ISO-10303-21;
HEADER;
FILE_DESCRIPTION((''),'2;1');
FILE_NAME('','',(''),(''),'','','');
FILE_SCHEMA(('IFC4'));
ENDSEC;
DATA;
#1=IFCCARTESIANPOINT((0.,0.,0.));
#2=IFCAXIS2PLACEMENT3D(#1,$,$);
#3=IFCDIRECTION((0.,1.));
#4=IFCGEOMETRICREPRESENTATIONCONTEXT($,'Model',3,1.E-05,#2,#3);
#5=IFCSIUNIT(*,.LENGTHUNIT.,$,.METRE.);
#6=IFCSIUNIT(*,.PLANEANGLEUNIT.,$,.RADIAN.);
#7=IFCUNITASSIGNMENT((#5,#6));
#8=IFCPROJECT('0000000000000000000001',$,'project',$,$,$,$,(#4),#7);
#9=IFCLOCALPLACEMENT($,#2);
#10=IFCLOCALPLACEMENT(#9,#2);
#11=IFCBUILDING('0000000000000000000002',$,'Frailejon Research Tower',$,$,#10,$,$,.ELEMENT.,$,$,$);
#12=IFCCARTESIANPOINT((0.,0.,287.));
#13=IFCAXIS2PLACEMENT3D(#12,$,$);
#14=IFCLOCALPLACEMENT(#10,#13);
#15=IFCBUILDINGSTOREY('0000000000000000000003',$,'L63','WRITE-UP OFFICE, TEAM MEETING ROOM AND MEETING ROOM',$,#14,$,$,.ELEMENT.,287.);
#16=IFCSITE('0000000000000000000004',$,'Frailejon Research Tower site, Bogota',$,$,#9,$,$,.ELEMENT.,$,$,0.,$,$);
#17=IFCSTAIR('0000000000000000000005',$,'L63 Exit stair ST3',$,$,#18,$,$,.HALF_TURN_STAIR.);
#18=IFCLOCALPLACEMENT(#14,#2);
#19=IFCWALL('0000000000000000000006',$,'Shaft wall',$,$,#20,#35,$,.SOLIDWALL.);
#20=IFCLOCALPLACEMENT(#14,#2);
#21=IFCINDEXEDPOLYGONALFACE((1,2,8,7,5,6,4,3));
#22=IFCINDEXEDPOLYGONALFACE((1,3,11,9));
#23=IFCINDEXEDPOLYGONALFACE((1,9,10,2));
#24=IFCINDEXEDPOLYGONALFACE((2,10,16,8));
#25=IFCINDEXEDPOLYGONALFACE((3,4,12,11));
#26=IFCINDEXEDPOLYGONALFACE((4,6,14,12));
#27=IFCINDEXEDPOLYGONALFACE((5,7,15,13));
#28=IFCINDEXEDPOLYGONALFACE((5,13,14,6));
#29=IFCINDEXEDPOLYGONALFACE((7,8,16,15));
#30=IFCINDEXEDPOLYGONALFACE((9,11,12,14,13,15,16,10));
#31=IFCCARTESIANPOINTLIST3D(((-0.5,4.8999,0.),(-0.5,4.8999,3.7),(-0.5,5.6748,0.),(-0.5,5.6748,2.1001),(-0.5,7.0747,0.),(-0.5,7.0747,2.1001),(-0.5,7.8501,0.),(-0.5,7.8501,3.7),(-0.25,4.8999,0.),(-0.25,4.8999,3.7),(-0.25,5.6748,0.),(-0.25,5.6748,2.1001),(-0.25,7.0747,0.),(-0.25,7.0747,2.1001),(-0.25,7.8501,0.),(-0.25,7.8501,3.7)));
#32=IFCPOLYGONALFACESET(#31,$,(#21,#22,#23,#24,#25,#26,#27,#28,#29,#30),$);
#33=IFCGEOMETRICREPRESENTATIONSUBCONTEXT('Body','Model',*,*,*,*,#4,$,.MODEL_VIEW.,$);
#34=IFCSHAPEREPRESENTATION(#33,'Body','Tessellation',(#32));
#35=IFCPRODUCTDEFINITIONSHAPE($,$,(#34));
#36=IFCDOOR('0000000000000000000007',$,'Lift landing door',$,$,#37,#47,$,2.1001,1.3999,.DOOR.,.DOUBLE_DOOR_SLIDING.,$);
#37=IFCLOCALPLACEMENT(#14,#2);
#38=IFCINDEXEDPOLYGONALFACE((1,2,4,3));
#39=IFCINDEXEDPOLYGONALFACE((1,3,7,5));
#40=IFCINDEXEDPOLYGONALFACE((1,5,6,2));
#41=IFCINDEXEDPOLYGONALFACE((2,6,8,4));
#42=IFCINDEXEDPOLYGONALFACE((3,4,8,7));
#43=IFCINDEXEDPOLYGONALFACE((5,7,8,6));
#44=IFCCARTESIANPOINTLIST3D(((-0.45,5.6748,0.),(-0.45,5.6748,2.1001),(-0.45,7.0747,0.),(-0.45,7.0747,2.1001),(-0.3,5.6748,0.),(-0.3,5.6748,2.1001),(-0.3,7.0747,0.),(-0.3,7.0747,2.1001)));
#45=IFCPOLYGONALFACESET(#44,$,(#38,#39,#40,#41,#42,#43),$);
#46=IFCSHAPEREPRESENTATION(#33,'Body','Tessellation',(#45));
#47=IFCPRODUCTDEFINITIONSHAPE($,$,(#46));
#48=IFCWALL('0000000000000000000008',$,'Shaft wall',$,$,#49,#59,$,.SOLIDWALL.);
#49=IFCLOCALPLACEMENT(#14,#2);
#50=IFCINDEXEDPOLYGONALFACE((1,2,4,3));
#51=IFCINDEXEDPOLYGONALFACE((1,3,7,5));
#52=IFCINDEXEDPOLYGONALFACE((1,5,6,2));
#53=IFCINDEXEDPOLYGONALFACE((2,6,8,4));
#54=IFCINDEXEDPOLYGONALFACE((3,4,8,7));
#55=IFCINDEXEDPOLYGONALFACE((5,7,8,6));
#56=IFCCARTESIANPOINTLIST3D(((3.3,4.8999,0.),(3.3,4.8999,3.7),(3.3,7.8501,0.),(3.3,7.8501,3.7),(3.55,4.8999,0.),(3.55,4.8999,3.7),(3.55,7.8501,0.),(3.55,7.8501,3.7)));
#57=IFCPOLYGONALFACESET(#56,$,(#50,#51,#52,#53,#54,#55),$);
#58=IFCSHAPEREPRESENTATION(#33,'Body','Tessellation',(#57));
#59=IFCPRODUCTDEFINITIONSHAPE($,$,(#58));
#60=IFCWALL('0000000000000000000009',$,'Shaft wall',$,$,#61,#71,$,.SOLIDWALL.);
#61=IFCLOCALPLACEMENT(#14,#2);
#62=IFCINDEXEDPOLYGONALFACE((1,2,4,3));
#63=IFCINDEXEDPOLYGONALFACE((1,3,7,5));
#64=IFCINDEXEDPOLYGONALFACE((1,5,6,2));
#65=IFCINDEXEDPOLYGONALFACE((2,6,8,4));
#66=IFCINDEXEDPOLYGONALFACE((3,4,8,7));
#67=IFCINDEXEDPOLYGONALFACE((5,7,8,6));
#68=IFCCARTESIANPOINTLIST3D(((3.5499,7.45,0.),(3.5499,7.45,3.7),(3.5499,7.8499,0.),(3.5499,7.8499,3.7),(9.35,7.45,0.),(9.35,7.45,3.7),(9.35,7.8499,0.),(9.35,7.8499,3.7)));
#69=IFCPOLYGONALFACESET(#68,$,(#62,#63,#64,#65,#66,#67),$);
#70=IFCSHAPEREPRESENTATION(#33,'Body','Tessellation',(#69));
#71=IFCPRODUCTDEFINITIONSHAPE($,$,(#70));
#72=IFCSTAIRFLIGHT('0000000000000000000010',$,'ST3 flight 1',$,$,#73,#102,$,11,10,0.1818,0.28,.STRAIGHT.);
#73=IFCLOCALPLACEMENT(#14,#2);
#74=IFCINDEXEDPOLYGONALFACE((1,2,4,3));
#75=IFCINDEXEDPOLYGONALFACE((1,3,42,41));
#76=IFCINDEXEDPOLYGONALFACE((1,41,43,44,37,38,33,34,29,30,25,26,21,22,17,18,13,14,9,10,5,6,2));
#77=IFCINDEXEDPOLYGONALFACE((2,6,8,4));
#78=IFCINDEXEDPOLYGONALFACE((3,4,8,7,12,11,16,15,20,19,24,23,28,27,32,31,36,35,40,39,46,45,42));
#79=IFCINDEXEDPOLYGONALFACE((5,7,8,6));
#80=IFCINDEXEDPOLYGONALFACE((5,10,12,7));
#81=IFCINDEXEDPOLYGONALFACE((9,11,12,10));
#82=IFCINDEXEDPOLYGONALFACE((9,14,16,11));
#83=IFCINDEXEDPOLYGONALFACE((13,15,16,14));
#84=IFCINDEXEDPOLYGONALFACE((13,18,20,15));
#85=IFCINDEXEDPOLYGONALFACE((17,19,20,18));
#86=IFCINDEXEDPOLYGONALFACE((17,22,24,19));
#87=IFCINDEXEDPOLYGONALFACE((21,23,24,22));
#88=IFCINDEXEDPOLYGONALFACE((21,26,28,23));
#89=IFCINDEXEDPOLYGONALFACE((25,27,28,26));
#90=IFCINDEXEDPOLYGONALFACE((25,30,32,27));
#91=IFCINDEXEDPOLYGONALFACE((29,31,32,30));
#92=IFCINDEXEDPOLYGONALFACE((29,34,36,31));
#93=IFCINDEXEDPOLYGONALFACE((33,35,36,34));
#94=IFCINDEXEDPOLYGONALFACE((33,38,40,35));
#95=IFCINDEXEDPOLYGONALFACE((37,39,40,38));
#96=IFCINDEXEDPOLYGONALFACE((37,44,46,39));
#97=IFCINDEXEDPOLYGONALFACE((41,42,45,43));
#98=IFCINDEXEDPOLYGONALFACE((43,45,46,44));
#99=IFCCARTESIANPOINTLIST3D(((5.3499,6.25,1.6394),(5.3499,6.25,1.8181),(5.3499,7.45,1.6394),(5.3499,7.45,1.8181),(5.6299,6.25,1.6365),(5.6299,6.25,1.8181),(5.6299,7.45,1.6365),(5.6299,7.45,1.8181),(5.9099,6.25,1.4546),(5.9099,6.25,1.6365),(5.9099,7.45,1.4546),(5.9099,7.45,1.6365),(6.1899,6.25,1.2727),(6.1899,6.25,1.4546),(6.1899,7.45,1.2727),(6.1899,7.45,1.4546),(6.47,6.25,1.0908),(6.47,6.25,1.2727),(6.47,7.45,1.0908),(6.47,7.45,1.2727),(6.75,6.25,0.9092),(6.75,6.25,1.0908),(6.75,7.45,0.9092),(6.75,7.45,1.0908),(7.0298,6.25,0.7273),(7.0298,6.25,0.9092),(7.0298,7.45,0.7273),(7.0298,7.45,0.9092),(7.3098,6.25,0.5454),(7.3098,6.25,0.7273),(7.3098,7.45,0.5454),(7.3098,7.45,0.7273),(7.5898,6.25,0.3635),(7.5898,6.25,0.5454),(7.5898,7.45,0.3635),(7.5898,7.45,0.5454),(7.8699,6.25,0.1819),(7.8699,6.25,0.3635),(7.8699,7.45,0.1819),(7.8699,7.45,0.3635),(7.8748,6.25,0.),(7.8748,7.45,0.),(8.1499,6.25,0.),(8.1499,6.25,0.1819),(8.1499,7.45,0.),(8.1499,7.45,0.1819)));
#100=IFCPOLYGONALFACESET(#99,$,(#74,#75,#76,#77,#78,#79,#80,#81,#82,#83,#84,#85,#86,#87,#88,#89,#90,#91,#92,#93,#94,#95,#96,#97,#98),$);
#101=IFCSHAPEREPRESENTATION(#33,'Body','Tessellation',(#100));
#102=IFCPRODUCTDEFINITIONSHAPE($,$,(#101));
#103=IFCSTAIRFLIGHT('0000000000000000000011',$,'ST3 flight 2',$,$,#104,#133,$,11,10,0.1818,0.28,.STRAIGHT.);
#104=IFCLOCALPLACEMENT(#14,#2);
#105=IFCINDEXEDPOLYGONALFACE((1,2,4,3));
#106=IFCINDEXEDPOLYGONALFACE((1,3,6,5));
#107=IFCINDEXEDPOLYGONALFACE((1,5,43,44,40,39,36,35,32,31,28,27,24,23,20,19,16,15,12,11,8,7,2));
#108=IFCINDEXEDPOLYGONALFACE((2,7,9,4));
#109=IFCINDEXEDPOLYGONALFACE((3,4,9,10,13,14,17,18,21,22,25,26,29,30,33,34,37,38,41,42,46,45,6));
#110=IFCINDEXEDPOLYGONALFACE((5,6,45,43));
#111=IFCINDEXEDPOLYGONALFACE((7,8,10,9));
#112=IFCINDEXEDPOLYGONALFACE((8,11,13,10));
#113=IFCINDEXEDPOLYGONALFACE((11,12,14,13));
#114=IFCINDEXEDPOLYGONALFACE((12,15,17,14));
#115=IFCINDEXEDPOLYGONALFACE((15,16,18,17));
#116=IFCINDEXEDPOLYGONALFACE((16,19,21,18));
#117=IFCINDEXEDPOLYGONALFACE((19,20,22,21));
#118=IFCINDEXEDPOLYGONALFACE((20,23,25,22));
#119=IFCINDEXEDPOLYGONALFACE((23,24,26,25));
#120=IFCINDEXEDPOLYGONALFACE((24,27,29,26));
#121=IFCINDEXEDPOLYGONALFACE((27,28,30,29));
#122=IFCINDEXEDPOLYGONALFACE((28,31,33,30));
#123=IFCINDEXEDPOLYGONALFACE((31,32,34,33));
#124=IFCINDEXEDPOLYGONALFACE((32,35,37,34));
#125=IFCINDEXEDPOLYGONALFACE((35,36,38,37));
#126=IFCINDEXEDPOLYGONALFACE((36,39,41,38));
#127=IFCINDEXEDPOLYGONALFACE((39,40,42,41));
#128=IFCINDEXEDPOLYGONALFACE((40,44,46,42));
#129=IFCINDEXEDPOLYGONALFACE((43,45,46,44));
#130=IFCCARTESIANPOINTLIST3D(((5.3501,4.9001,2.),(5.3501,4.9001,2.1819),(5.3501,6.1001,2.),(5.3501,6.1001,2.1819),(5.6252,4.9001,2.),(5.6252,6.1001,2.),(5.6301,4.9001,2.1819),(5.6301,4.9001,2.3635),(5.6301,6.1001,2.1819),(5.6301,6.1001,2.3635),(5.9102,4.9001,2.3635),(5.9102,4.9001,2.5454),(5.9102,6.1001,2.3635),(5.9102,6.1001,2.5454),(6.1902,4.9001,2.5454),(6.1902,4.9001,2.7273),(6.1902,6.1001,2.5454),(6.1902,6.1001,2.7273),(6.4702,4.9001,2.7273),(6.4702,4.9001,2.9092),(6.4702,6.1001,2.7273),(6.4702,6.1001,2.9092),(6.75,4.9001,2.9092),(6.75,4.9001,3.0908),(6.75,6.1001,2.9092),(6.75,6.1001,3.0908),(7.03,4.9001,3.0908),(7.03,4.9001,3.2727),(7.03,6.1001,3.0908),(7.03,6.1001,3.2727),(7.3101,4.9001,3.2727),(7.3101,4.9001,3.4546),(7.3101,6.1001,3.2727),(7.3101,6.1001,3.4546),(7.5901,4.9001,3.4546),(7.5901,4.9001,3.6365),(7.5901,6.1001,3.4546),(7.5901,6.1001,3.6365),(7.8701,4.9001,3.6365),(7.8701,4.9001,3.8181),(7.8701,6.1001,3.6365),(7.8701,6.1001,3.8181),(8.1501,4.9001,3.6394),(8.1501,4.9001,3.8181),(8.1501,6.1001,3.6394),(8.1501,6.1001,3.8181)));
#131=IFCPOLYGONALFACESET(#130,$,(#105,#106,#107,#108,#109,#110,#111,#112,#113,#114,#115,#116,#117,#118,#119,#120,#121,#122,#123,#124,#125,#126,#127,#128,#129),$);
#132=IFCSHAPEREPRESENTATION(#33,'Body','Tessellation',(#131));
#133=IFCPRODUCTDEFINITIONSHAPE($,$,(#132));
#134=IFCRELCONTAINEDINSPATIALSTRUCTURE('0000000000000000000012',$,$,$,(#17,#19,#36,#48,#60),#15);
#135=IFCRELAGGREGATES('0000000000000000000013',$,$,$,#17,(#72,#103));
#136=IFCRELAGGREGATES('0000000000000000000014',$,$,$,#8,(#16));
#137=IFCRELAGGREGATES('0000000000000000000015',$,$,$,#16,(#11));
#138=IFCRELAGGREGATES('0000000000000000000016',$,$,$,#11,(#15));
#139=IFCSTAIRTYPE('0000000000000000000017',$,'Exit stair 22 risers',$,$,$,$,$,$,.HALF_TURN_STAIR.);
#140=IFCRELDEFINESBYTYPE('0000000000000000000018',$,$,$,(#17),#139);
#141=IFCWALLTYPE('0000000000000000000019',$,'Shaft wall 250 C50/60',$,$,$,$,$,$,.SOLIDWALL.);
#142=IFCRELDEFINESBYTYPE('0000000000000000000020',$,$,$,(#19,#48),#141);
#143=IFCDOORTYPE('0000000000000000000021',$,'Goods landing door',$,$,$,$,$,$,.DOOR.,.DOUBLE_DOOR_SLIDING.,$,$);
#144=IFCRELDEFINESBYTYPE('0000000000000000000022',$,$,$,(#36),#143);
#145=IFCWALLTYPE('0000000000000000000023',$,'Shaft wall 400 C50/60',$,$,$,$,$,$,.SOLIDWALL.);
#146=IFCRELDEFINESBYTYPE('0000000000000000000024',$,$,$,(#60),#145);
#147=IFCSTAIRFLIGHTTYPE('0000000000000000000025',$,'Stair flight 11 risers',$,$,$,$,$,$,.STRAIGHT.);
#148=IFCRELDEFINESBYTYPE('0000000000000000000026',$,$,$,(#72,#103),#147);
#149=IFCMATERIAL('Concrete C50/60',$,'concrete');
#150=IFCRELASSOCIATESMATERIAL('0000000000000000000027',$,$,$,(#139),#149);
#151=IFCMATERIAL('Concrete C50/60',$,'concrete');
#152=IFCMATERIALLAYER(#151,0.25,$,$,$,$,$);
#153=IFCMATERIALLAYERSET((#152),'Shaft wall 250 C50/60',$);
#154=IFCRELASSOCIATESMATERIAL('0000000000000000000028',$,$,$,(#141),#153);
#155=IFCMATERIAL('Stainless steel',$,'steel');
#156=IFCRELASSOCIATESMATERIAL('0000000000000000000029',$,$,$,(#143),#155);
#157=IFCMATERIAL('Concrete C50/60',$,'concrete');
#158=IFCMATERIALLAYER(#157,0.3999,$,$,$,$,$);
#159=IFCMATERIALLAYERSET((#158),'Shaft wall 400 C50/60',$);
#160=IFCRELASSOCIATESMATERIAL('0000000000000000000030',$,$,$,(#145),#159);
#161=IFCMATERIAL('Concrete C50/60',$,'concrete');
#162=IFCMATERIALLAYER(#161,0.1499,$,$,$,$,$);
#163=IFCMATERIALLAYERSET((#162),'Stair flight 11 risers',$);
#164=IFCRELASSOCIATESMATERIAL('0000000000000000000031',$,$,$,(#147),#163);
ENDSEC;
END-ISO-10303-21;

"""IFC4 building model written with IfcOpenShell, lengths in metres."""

from ifc_helpers import new_model, si_unit, direction, frame, frame_2d, origin, place, context, subcontext, project, spatial, polyline, rectangle, outline, extrude, material, layer, layer_set, type_object, element, fill, aggregate, save


model = new_model("IFC4")

# Units and contexts
model_context = context("Model", 3, precision=1e-05, world=origin(), true_north=direction((0.0, 1.0)))
body_context = subcontext(model_context, "Body", "Model", "MODEL_VIEW")
ifc_project = project(units=[si_unit("LENGTHUNIT", "METRE"), si_unit("PLANEANGLEUNIT", "RADIAN")], contexts=[model_context])

# Site, building, storey
site_placement = place(None, origin())
site = spatial("IfcSite", under=ifc_project, at=site_placement, Name="Frailejon Research Tower site, Bogota", CompositionType="ELEMENT", RefElevation=0.0)
building_placement = place(site_placement, origin())
building = spatial("IfcBuilding", under=site, at=building_placement, Name="Frailejon Research Tower", CompositionType="ELEMENT")
storey_placement = place(building_placement, frame((0.0, 0.0, 287.0)))
storey = spatial("IfcBuildingStorey", under=building, at=storey_placement, Name="L63", Description="WRITE-UP OFFICE, TEAM MEETING ROOM AND MEETING ROOM", CompositionType="ELEMENT", Elevation=287.0)

# Stair
ifc_material_1 = material(Name="Concrete C50/60", Category="concrete")
stair_type = type_object("IfcStairType", Name="Exit stair 22 risers", PredefinedType="HALF_TURN_STAIR", material=ifc_material_1)
stair_placement = place(storey_placement, origin())
stair = element("IfcStair", 1, at=stair_placement, inside=storey, type_object=stair_type, Name="L63 Exit stair ST3", PredefinedType="HALF_TURN_STAIR")

# Wall, opening, door
ifc_material_2 = material(Name="Concrete C50/60", Category="concrete")
ifc_layer_1 = layer(ifc_material_2, 0.25)
ifc_layer_set_1 = layer_set([ifc_layer_1], Name="Shaft wall 250 C50/60")
wall_type_1 = type_object("IfcWallType", Name="Shaft wall 250 C50/60", PredefinedType="SOLIDWALL", material=ifc_layer_set_1)
wall_1_placement = place(storey_placement, frame((-0.375, 4.8999, 0.0), z_axis=(0.0, 0.0, 1.0), x_axis=(0.0, 1.0, 0.0)))
wall_1 = element("IfcWall", 2, at=wall_1_placement, inside=storey, type_object=wall_type_1, Name="Shaft wall", PredefinedType="SOLIDWALL", context=body_context, shape_type="SweptSolid", body=[
    extrude(rectangle(XDim=2.9502, YDim=0.25, at=frame_2d((1.4751, 0.0))), origin(), (0.0, 0.0, 1.0), 3.7),
])
opening_1_placement = place(wall_1_placement, frame((0.7749, 0.0, 0.0)))
opening_1 = element("IfcOpeningElement", 3, at=opening_1_placement, cuts=wall_1, PredefinedType="OPENING", context=body_context, shape_type="SweptSolid", body=[
    extrude(rectangle(XDim=1.3999, YDim=2.1001, at=frame_2d((0.7, 1.05))), frame((0.0, 0.135, 0.0), z_axis=(0.0, -1.0, 0.0), x_axis=(1.0, 0.0, 0.0)), (0.0, 0.0, 1.0), 0.27),
])
ifc_material_3 = material(Name="Stainless steel", Category="steel")
door_type_1 = type_object("IfcDoorType", Name="Goods landing door", OperationType="DOUBLE_DOOR_SLIDING", PredefinedType="DOOR", material=ifc_material_3)
door_1_placement = place(opening_1_placement, origin())
door_1 = element("IfcDoor", 4, at=door_1_placement, inside=storey, type_object=door_type_1, Name="Lift landing door", OperationType="DOUBLE_DOOR_SLIDING", OverallHeight=2.1001, OverallWidth=1.3999, PredefinedType="DOOR", context=body_context, shape_type="SweptSolid", body=[
    extrude(rectangle(XDim=1.3999, YDim=2.1001, at=frame_2d((0.7, 1.05))), frame((0.0, 0.075, 0.0), z_axis=(0.0, -1.0, 0.0), x_axis=(1.0, 0.0, 0.0)), (0.0, 0.0, 1.0), 0.1499),
])
fill(opening_1, door_1)

# Walls
wall_2_placement = place(storey_placement, frame((3.425, 4.8999, 0.0), z_axis=(0.0, 0.0, 1.0), x_axis=(0.0, 1.0, 0.0)))
element("IfcWall", 5, at=wall_2_placement, inside=storey, type_object=wall_type_1, Name="Shaft wall", PredefinedType="SOLIDWALL", context=body_context, shape_type="SweptSolid", body=[
    extrude(rectangle(XDim=2.9502, YDim=0.25, at=frame_2d((1.4751, 0.0))), origin(), (0.0, 0.0, 1.0), 3.7),
])
ifc_material_4 = material(Name="Concrete C50/60", Category="concrete")
ifc_layer_2 = layer(ifc_material_4, 0.3999)
ifc_layer_set_2 = layer_set([ifc_layer_2], Name="Shaft wall 400 C50/60")
wall_type_2 = type_object("IfcWallType", Name="Shaft wall 400 C50/60", PredefinedType="SOLIDWALL", material=ifc_layer_set_2)
wall_3_placement = place(storey_placement, frame((3.55, 7.6499, 0.0), z_axis=(0.0, 0.0, 1.0), x_axis=(1.0, 0.0, 0.0)))
element("IfcWall", 6, at=wall_3_placement, inside=storey, type_object=wall_type_2, Name="Shaft wall", PredefinedType="SOLIDWALL", context=body_context, shape_type="SweptSolid", body=[
    extrude(rectangle(XDim=5.8, YDim=0.3999, at=frame_2d((2.8999, 0.0))), origin(), (0.0, 0.0, 1.0), 3.7),
])

# Stair flights
ifc_material_5 = material(Name="Concrete C50/60", Category="concrete")
ifc_layer_3 = layer(ifc_material_5, 0.1499)
ifc_layer_set_3 = layer_set([ifc_layer_3], Name="Stair flight 11 risers")
stair_flight_type = type_object("IfcStairFlightType", Name="Stair flight 11 risers", PredefinedType="STRAIGHT", material=ifc_layer_set_3)
stair_flight_1_placement = place(storey_placement, frame((8.1499, 6.8501, 0.0), z_axis=(0.0, 0.0, 1.0), x_axis=(-1.0, 0.0, 0.0)))
stair_flight_1 = element("IfcStairFlight", 7, at=stair_flight_1_placement, type_object=stair_flight_type, Name="ST3 flight 1", NumberOfRisers=11, NumberOfTreads=10, PredefinedType="STRAIGHT", RiserHeight=0.1818, TreadLength=0.28, context=body_context, shape_type="SweptSolid", body=[
    extrude(outline(polyline([(0.0, 0.0), (0.0, 0.1819), (0.28, 0.1819), (0.28, 0.3635), (0.5601, 0.3635), (0.5601, 0.5454), (0.8401, 0.5454), (0.8401, 0.7273), (1.1201, 0.7273), (1.1201, 0.9092), (1.3999, 0.9092), (1.3999, 1.0908), (1.6799, 1.0908), (1.6799, 1.2727), (1.96, 1.2727), (1.96, 1.4546), (2.24, 1.4546), (2.24, 1.6365), (2.52, 1.6365), (2.52, 1.8181), (2.8, 1.8181), (2.8, 2.0), (2.8, 1.6394), (0.2751, 0.0), (0.0, 0.0)])), frame((0.0, 0.6001, 0.0), z_axis=(0.0, -1.0, 0.0), x_axis=(1.0, 0.0, 0.0)), (0.0, 0.0, 1.0), 1.2),
])
stair_flight_2_placement = place(storey_placement, frame((5.3501, 5.5, 2.0), z_axis=(0.0, 0.0, 1.0), x_axis=(1.0, 0.0, 0.0)))
stair_flight_2 = element("IfcStairFlight", 8, at=stair_flight_2_placement, type_object=stair_flight_type, Name="ST3 flight 2", NumberOfRisers=11, NumberOfTreads=10, PredefinedType="STRAIGHT", RiserHeight=0.1818, TreadLength=0.28, context=body_context, shape_type="SweptSolid", body=[
    extrude(outline(polyline([(0.0, 0.0), (0.0, 0.1819), (0.28, 0.1819), (0.28, 0.3635), (0.5601, 0.3635), (0.5601, 0.5454), (0.8401, 0.5454), (0.8401, 0.7273), (1.1201, 0.7273), (1.1201, 0.9092), (1.3999, 0.9092), (1.3999, 1.0908), (1.6799, 1.0908), (1.6799, 1.2727), (1.96, 1.2727), (1.96, 1.4546), (2.24, 1.4546), (2.24, 1.6365), (2.52, 1.6365), (2.52, 1.8181), (2.8, 1.8181), (2.8, 2.0), (2.8, 1.6394), (0.2751, 0.0), (0.0, 0.0)])), frame((0.0, 0.6001, 0.0), z_axis=(0.0, -1.0, 0.0), x_axis=(1.0, 0.0, 0.0)), (0.0, 0.0, 1.0), 1.2),
])
aggregate(stair, [stair_flight_1, stair_flight_2])

save(model, "model.ifc")
